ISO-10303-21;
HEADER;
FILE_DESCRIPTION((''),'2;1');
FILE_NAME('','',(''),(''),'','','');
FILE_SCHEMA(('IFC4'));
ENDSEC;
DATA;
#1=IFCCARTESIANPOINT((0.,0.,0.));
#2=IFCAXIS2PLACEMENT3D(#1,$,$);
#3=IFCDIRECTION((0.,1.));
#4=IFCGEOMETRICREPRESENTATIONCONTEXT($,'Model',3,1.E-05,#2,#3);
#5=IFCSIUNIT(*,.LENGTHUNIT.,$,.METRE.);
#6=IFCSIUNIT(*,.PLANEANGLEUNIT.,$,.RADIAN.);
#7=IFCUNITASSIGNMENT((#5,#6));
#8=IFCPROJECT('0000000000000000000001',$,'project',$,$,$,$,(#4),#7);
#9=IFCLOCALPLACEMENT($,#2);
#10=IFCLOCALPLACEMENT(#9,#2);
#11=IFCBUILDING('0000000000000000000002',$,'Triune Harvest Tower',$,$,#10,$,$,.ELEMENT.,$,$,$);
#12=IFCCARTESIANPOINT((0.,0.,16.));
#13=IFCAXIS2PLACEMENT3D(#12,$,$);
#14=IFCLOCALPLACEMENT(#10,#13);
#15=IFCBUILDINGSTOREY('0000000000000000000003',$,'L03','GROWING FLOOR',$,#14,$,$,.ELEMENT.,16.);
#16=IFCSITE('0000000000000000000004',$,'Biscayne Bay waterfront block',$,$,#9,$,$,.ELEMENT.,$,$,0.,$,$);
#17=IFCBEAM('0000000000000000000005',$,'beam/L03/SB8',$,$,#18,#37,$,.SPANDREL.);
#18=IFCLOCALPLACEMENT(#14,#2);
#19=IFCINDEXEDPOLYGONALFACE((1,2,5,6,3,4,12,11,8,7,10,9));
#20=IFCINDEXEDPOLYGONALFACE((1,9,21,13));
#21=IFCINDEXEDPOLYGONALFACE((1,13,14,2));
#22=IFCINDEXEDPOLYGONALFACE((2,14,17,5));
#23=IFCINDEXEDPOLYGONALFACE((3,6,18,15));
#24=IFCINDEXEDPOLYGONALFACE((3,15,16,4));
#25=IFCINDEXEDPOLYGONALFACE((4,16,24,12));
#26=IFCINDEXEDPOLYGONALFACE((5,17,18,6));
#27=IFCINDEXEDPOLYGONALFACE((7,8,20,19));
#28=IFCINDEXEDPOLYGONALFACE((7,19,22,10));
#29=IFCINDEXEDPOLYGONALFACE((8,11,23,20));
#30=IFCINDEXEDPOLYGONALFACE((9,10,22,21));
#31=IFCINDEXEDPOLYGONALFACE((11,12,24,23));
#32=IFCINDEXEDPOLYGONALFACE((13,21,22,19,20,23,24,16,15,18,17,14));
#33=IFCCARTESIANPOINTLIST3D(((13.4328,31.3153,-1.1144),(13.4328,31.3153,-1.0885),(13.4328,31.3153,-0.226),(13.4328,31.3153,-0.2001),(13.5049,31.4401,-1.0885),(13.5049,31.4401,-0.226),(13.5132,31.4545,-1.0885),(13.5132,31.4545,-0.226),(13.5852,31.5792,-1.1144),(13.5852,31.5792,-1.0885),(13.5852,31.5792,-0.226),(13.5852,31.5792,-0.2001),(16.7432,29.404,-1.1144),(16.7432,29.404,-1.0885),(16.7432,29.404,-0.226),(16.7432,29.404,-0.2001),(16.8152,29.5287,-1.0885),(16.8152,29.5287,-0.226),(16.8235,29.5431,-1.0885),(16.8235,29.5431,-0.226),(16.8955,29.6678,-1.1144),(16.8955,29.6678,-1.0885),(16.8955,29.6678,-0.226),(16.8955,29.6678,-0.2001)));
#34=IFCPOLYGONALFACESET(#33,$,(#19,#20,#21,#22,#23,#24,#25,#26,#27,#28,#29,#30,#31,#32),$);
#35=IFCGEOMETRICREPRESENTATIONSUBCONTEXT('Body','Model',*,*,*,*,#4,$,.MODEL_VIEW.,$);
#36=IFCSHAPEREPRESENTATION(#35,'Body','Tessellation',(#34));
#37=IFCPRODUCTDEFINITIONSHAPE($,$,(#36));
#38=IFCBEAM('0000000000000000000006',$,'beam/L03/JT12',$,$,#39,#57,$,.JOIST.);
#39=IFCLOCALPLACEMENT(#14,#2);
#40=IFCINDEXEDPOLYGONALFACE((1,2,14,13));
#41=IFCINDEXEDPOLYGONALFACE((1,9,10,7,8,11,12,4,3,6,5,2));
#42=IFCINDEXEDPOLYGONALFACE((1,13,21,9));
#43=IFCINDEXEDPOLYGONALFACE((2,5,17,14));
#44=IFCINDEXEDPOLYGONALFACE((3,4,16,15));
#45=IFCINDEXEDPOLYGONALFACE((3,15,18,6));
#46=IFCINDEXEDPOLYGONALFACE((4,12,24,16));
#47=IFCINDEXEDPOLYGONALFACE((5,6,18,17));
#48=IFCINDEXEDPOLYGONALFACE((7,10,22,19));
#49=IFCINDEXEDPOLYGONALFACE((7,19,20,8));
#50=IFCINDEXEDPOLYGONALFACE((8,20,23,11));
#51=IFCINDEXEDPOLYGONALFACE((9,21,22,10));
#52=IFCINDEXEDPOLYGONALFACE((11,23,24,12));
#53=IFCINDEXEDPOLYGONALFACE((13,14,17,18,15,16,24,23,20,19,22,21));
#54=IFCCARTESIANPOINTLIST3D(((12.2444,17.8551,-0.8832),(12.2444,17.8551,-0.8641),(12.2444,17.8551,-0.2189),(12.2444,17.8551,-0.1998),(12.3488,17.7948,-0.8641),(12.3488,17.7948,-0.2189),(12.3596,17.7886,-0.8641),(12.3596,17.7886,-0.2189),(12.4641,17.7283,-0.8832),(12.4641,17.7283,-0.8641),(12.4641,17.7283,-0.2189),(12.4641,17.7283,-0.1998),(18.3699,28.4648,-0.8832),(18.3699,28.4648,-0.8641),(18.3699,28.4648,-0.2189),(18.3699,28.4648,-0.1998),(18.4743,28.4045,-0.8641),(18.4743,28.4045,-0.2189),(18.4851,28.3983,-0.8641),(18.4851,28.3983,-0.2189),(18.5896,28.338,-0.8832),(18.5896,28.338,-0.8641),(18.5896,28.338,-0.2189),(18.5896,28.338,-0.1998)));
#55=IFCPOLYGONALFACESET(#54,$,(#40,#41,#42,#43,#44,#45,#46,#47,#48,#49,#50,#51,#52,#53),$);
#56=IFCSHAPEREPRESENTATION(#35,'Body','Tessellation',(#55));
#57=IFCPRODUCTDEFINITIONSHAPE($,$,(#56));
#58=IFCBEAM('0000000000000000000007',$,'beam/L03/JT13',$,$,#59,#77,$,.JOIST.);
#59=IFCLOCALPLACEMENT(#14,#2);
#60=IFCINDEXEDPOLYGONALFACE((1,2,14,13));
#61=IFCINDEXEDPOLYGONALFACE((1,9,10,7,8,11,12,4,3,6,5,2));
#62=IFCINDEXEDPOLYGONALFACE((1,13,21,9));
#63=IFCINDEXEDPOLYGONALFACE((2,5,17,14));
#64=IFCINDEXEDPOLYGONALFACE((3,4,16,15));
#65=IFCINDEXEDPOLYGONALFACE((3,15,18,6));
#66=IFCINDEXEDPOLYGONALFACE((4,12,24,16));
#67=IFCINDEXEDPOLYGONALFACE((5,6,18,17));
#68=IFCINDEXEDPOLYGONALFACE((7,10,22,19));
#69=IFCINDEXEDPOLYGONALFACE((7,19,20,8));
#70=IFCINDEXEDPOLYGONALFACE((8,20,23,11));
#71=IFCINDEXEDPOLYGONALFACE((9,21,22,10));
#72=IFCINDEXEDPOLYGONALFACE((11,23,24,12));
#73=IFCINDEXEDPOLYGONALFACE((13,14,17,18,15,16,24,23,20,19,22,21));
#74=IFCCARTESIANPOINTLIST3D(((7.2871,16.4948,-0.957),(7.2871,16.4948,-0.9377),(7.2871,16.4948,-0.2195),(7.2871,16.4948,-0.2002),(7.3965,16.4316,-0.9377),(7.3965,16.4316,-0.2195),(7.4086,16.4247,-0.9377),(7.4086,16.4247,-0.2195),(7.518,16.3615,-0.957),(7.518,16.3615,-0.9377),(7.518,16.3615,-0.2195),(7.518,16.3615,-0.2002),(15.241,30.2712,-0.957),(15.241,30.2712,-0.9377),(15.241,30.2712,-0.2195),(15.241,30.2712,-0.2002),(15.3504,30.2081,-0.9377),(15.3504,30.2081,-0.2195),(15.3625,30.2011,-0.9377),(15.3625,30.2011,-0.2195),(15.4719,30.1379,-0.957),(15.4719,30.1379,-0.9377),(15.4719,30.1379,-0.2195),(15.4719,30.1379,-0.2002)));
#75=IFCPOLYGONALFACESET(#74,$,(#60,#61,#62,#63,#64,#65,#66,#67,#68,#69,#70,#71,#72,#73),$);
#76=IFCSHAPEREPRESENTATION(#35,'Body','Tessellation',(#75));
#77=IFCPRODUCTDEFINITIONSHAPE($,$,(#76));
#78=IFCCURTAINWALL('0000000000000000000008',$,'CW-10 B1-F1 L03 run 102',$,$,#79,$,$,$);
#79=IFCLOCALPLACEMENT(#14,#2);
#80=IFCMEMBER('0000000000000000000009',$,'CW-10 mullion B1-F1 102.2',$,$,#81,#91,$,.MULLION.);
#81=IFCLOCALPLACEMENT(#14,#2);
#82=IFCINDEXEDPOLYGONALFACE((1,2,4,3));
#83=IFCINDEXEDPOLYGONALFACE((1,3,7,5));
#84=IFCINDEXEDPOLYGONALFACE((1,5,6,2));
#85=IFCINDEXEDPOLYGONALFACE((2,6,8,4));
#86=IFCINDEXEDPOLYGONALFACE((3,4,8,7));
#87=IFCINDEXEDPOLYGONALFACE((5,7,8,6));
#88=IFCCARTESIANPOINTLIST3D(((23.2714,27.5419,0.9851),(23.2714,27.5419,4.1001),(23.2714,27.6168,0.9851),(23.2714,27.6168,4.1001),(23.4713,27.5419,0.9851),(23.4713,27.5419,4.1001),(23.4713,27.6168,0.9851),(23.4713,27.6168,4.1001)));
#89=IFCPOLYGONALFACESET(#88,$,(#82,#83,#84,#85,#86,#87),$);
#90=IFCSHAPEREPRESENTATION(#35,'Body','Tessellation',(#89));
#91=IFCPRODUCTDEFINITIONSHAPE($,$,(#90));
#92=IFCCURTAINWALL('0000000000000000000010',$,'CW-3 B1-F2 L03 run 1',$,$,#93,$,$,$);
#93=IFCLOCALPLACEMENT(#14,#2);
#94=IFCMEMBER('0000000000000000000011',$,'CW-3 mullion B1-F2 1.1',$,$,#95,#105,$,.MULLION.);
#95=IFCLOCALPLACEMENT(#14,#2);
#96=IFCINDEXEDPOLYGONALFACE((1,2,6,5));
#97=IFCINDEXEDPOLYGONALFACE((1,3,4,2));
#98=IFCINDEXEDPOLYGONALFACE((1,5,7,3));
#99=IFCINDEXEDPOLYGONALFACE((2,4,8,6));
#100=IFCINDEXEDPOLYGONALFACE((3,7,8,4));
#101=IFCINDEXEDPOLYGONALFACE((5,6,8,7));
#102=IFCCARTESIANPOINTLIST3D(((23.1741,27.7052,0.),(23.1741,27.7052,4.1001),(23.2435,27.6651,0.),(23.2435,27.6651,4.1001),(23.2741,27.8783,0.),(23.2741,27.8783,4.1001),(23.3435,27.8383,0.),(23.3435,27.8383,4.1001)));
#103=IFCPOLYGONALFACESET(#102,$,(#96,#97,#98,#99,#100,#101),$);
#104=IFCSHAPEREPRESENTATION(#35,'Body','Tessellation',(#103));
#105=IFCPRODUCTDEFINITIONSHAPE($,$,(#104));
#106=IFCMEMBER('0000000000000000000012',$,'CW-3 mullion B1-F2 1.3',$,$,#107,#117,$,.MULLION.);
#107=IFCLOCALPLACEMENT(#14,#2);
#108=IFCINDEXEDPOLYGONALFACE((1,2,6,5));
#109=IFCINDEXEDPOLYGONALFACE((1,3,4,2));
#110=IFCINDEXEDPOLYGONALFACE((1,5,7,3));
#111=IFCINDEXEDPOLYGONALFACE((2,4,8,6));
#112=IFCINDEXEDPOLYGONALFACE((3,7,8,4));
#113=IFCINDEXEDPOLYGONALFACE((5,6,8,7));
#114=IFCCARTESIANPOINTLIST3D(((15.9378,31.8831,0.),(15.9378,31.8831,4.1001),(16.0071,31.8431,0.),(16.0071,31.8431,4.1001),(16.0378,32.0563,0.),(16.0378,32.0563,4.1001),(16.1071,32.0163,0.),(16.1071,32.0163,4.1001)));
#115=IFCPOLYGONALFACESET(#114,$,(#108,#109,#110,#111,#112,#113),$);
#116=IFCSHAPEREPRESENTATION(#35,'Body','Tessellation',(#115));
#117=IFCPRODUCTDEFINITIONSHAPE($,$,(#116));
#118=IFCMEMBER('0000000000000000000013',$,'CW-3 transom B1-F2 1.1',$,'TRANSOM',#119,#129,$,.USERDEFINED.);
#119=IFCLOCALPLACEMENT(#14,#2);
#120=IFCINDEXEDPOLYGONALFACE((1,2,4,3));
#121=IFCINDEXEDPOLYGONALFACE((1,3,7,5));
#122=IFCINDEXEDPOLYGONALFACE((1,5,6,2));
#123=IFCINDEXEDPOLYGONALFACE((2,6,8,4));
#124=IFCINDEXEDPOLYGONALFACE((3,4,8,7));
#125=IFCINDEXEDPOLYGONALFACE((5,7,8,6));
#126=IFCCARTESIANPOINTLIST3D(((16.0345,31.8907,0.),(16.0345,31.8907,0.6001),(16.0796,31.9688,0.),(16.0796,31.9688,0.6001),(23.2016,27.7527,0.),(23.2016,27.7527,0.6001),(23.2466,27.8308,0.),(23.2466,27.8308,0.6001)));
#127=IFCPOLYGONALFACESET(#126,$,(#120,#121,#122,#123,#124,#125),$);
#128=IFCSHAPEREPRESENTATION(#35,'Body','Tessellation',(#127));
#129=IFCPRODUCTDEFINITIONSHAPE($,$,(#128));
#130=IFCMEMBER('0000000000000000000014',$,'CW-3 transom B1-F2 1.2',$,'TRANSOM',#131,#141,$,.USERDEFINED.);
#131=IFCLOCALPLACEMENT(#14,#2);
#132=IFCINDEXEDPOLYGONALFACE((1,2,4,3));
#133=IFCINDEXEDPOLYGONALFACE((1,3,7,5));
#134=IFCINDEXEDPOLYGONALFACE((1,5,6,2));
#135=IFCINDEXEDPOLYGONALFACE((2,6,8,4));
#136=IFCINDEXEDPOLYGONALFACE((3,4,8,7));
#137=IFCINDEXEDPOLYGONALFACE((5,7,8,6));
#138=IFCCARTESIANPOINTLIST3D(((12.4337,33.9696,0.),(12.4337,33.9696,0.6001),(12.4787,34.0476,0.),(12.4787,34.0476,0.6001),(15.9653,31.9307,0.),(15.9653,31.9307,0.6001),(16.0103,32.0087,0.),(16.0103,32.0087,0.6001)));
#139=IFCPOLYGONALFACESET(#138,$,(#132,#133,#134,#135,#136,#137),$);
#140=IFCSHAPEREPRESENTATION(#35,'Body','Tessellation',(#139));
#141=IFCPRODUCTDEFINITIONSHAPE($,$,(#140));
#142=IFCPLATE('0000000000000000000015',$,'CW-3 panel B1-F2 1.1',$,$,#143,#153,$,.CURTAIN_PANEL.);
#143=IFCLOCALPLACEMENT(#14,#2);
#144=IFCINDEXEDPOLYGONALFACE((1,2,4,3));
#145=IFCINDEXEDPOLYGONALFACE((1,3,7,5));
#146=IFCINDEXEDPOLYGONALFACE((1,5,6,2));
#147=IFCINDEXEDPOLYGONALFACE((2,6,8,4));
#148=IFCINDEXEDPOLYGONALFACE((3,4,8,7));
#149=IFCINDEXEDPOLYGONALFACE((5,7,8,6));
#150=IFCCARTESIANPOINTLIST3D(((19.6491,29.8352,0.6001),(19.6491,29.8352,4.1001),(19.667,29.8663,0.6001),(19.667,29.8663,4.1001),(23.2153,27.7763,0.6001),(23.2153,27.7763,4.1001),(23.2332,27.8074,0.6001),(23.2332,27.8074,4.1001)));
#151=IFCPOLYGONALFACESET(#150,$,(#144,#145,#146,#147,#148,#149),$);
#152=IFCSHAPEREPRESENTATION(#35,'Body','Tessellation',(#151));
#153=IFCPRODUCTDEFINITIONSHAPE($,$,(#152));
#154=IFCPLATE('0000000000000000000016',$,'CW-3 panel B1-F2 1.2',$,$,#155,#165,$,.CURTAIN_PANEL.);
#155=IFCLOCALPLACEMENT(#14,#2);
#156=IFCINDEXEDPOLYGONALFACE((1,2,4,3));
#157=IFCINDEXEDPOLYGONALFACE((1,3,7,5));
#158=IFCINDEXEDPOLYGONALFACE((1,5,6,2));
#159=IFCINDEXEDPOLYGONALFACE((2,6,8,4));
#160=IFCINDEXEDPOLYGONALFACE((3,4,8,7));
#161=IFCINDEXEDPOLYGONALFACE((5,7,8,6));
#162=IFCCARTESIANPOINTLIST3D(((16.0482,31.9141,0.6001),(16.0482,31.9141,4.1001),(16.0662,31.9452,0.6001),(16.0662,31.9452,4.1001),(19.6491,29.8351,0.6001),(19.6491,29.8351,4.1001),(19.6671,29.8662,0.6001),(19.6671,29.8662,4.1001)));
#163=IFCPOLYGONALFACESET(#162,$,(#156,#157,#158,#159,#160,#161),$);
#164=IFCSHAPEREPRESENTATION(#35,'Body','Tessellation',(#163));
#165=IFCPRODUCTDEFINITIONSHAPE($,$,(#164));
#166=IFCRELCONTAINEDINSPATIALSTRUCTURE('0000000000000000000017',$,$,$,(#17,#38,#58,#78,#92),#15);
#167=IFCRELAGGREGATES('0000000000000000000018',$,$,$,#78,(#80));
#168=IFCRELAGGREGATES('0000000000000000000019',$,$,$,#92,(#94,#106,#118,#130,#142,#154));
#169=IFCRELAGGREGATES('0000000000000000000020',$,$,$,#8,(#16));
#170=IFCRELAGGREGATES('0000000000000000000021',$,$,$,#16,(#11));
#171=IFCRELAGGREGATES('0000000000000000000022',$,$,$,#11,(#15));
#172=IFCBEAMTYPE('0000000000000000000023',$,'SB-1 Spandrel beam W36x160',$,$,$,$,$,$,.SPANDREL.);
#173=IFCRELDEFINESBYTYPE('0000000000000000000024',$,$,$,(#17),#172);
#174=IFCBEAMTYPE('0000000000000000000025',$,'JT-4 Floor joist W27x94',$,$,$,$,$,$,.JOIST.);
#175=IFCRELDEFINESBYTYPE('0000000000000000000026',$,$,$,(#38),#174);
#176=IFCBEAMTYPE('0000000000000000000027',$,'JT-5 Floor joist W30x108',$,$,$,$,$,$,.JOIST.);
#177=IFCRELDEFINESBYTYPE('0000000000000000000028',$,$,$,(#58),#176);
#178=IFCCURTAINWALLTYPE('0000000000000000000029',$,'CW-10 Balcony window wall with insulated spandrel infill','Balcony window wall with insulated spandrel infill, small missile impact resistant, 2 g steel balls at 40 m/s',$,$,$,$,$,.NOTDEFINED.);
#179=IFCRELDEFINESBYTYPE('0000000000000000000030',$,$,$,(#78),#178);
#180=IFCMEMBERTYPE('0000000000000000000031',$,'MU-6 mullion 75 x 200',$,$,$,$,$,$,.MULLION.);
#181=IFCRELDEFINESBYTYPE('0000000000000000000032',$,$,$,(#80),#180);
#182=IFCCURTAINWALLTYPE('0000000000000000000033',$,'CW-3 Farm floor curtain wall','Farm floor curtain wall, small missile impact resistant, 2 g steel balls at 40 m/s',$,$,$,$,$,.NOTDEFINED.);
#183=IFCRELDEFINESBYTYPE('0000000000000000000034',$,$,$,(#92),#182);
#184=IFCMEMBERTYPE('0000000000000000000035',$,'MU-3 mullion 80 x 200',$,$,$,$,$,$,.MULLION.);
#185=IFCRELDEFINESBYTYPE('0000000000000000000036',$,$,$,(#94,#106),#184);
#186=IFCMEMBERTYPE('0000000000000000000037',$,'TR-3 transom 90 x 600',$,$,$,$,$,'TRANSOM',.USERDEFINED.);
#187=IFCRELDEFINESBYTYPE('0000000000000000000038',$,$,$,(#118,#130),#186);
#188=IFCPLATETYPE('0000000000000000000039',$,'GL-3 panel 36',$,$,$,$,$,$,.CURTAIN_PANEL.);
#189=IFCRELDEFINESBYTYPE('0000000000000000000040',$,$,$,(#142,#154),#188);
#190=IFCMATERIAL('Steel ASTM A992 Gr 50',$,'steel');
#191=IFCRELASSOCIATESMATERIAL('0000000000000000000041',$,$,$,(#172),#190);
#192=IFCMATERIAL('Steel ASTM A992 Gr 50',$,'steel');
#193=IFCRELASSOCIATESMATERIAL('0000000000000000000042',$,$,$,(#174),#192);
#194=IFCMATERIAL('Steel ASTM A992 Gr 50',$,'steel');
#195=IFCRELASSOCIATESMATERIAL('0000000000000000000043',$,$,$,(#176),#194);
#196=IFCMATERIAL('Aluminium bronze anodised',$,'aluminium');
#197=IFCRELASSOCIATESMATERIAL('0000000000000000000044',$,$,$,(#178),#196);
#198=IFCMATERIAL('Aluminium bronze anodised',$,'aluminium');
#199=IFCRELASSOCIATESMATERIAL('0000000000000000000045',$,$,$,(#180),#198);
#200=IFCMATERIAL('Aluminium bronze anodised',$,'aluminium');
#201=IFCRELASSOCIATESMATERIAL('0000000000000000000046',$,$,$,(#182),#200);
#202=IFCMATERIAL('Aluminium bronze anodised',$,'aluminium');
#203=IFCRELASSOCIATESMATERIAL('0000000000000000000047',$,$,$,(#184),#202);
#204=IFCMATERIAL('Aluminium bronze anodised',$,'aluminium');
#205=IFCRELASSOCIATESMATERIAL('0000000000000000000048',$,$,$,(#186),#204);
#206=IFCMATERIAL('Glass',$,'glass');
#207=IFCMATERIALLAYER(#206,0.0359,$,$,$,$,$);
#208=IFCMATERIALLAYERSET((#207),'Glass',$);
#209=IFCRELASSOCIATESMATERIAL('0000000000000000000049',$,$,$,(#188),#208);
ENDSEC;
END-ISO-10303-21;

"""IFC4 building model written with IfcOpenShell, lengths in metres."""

from ifc_helpers import new_model, si_unit, direction, frame, origin, origin_2d, place, context, subcontext, project, spatial, rectangle, i_section, extrude, source, transform, mapped, material, layer, layer_set, material_profile, profile_set, type_object, element, aggregate, save


model = new_model("IFC4")

# Units and contexts
model_context = context("Model", 3, precision=1e-05, world=origin(), true_north=direction((0.0, 1.0)))
body_context = subcontext(model_context, "Body", "Model", "MODEL_VIEW")
ifc_project = project(units=[si_unit("LENGTHUNIT", "METRE"), si_unit("PLANEANGLEUNIT", "RADIAN")], contexts=[model_context])

# Site, building, storey
site_placement = place(None, origin())
site = spatial("IfcSite", under=ifc_project, at=site_placement, Name="Biscayne Bay waterfront block", CompositionType="ELEMENT", RefElevation=0.0)
building_placement = place(site_placement, origin())
building = spatial("IfcBuilding", under=site, at=building_placement, Name="Triune Harvest Tower", CompositionType="ELEMENT")
storey_placement = place(building_placement, frame((0.0, 0.0, 16.0)))
storey = spatial("IfcBuildingStorey", under=building, at=storey_placement, Name="L03", Description="GROWING FLOOR", CompositionType="ELEMENT", Elevation=16.0)

# Beams
ifc_material_1 = material(Name="Steel ASTM A992 Gr 50", Category="steel")
ifc_material_profile_1 = material_profile(ifc_material_1, i_section(OverallWidth=0.3047, OverallDepth=0.9143, WebThickness=0.0166, FlangeThickness=0.0259, at=origin_2d()), Name="W36x160")
ifc_profile_set_1 = profile_set([ifc_material_profile_1], Name="Steel ASTM A992 Gr 50")
beam_type_1 = type_object("IfcBeamType", Name="SB-1 Spandrel beam W36x160", PredefinedType="SPANDREL", material=ifc_profile_set_1)
shared_shape_1 = source(origin(), body_context, "Body", "SweptSolid", [
    extrude(i_section(OverallWidth=0.3047, OverallDepth=0.9143, WebThickness=0.0166, FlangeThickness=0.0259, at=origin_2d()), origin(), (0.0, 0.0, 1.0), 3.8225),
])
beam_1_placement = place(storey_placement, frame((16.8193, 29.5359, -0.6572), z_axis=(-0.866006, 0.500034, 0.0), x_axis=(-0.500034, -0.866006, 0.0)))
element("IfcBeam", 1, at=beam_1_placement, inside=storey, type_object=beam_type_1, Name="beam/L03/SB8", PredefinedType="SPANDREL", context=body_context, shape_type="MappedRepresentation", body=[
    mapped(shared_shape_1, transform((0.0, 0.0, 0.0), scale=1.0)),
])
ifc_material_2 = material(Name="Steel ASTM A992 Gr 50", Category="steel")
ifc_material_profile_2 = material_profile(ifc_material_2, i_section(OverallWidth=0.2537, OverallDepth=0.6833, WebThickness=0.0125, FlangeThickness=0.019, at=origin_2d()), Name="W27x94")
ifc_profile_set_2 = profile_set([ifc_material_profile_2], Name="Steel ASTM A992 Gr 50")
beam_type_2 = type_object("IfcBeamType", Name="JT-4 Floor joist W27x94", PredefinedType="JOIST", material=ifc_profile_set_2)
shared_shape_2 = source(origin(), body_context, "Body", "SweptSolid", [
    extrude(i_section(OverallWidth=0.2537, OverallDepth=0.6833, WebThickness=0.0125, FlangeThickness=0.019, at=origin_2d()), origin(), (0.0, 0.0, 1.0), 12.251),
])
beam_2_placement = place(storey_placement, frame((18.4797, 28.4014, -0.5415), z_axis=(-0.500001, -0.866025, 0.0), x_axis=(0.866025, -0.500001, 0.0)))
element("IfcBeam", 2, at=beam_2_placement, inside=storey, type_object=beam_type_2, Name="beam/L03/JT12", PredefinedType="JOIST", context=body_context, shape_type="MappedRepresentation", body=[
    mapped(shared_shape_2, transform((0.0, 0.0, 0.0), scale=1.0)),
])
ifc_material_3 = material(Name="Steel ASTM A992 Gr 50", Category="steel")
ifc_material_profile_3 = material_profile(ifc_material_3, i_section(OverallWidth=0.2666, OverallDepth=0.7568, WebThickness=0.0139, FlangeThickness=0.0193, at=origin_2d()), Name="W30x108")
ifc_profile_set_3 = profile_set([ifc_material_profile_3], Name="Steel ASTM A992 Gr 50")
beam_type_3 = type_object("IfcBeamType", Name="JT-5 Floor joist W30x108", PredefinedType="JOIST", material=ifc_profile_set_3)
shared_shape_3 = source(origin(), body_context, "Body", "SweptSolid", [
    extrude(i_section(OverallWidth=0.2666, OverallDepth=0.7568, WebThickness=0.0139, FlangeThickness=0.0193, at=origin_2d()), origin(), (0.0, 0.0, 1.0), 15.9077),
])
beam_3_placement = place(storey_placement, frame((15.3564, 30.2046, -0.5786), z_axis=(-0.500003, -0.866024, 0.0), x_axis=(0.866024, -0.500003, 0.0)))
element("IfcBeam", 3, at=beam_3_placement, inside=storey, type_object=beam_type_3, Name="beam/L03/JT13", PredefinedType="JOIST", context=body_context, shape_type="MappedRepresentation", body=[
    mapped(shared_shape_3, transform((0.0, 0.0, 0.0), scale=1.0)),
])

# Curtain wall, member
ifc_material_4 = material(Name="Aluminium bronze anodised", Category="aluminium")
curtain_wall_type_1 = type_object("IfcCurtainWallType", Name="CW-10 Balcony window wall with insulated spandrel infill", Description="Balcony window wall with insulated spandrel infill, small missile impact resistant, 2 g steel balls at 40 m/s", PredefinedType="NOTDEFINED", material=ifc_material_4)
curtain_wall_1_placement = place(storey_placement, origin())
curtain_wall_1 = element("IfcCurtainWall", 4, at=curtain_wall_1_placement, inside=storey, type_object=curtain_wall_type_1, Name="CW-10 B1-F1 L03 run 102")
ifc_material_5 = material(Name="Aluminium bronze anodised", Category="aluminium")
ifc_material_profile_4 = material_profile(ifc_material_5, rectangle(XDim=0.2, YDim=0.075, at=origin_2d()), Name="MU-6 mullion 75 x 200")
ifc_profile_set_4 = profile_set([ifc_material_profile_4], Name="Aluminium bronze anodised")
member_type_1 = type_object("IfcMemberType", Name="MU-6 mullion 75 x 200", PredefinedType="MULLION", material=ifc_profile_set_4)
shared_shape_4 = source(origin(), body_context, "Body", "SweptSolid", [
    extrude(rectangle(XDim=0.2, YDim=0.075, at=origin_2d()), origin(), (0.0, 0.0, 1.0), 3.115),
])
member_1_placement = place(storey_placement, frame((23.3713, 27.5793, 0.9851), z_axis=(0.0, 0.0, 1.0), x_axis=(-1.0, 0.0, 0.0)))
member_1 = element("IfcMember", 5, at=member_1_placement, type_object=member_type_1, Name="CW-10 mullion B1-F1 102.2", PredefinedType="MULLION", context=body_context, shape_type="MappedRepresentation", body=[
    mapped(shared_shape_4, transform((0.0, 0.0, 0.0), scale=1.0)),
])
aggregate(curtain_wall_1, [member_1])

# Curtain wall, members, plates
ifc_material_6 = material(Name="Aluminium bronze anodised", Category="aluminium")
curtain_wall_type_2 = type_object("IfcCurtainWallType", Name="CW-3 Farm floor curtain wall", Description="Farm floor curtain wall, small missile impact resistant, 2 g steel balls at 40 m/s", PredefinedType="NOTDEFINED", material=ifc_material_6)
curtain_wall_2_placement = place(storey_placement, origin())
curtain_wall_2 = element("IfcCurtainWall", 6, at=curtain_wall_2_placement, inside=storey, type_object=curtain_wall_type_2, Name="CW-3 B1-F2 L03 run 1")
ifc_material_7 = material(Name="Aluminium bronze anodised", Category="aluminium")
ifc_material_profile_5 = material_profile(ifc_material_7, rectangle(XDim=0.2, YDim=0.0801, at=origin_2d()), Name="MU-3 mullion 80 x 200")
ifc_profile_set_5 = profile_set([ifc_material_profile_5], Name="Aluminium bronze anodised")
member_type_2 = type_object("IfcMemberType", Name="MU-3 mullion 80 x 200", PredefinedType="MULLION", material=ifc_profile_set_5)
shared_shape_5 = source(origin(), body_context, "Body", "SweptSolid", [
    extrude(rectangle(XDim=0.2, YDim=0.0801, at=origin_2d()), origin(), (0.0, 0.0, 1.0), 4.1001),
])
member_2_placement = place(storey_placement, frame((23.2588, 27.7717, 0.0), z_axis=(0.0, 0.0, 1.0), x_axis=(-0.499999, -0.866026, 0.0)))
member_2 = element("IfcMember", 7, at=member_2_placement, type_object=member_type_2, Name="CW-3 mullion B1-F2 1.1", PredefinedType="MULLION", context=body_context, shape_type="MappedRepresentation", body=[
    mapped(shared_shape_5, transform((0.0, 0.0, 0.0), scale=1.0)),
])
member_3_placement = place(storey_placement, frame((16.0225, 31.9497, 0.0), z_axis=(0.0, 0.0, 1.0), x_axis=(-0.499999, -0.866026, 0.0)))
member_3 = element("IfcMember", 8, at=member_3_placement, type_object=member_type_2, Name="CW-3 mullion B1-F2 1.3", PredefinedType="MULLION", context=body_context, shape_type="MappedRepresentation", body=[
    mapped(shared_shape_5, transform((0.0, 0.0, 0.0), scale=1.0)),
])
ifc_material_8 = material(Name="Aluminium bronze anodised", Category="aluminium")
ifc_material_profile_6 = material_profile(ifc_material_8, rectangle(XDim=0.0901, YDim=0.6001, at=origin_2d()), Name="TR-3 transom 90 x 600")
ifc_profile_set_6 = profile_set([ifc_material_profile_6], Name="Aluminium bronze anodised")
member_type_3 = type_object("IfcMemberType", Name="TR-3 transom 90 x 600", ElementType="TRANSOM", PredefinedType="USERDEFINED", material=ifc_profile_set_6)
shared_shape_6 = source(origin(), body_context, "Body", "SweptSolid", [
    extrude(rectangle(XDim=0.0901, YDim=0.6001, at=origin_2d()), origin(), (0.0, 0.0, 1.0), 8.2759),
])
member_4_placement = place(storey_placement, frame((23.2241, 27.7917, 0.3), z_axis=(-0.866022, 0.500007, 0.0), x_axis=(-0.500007, -0.866022, 0.0)))
member_4 = element("IfcMember", 9, at=member_4_placement, type_object=member_type_3, Name="CW-3 transom B1-F2 1.1", ObjectType="TRANSOM", PredefinedType="USERDEFINED", context=body_context, shape_type="MappedRepresentation", body=[
    mapped(shared_shape_6, transform((0.0, 0.0, 0.0), scale=1.0)),
])
shared_shape_7 = source(origin(), body_context, "Body", "SweptSolid", [
    extrude(rectangle(XDim=0.0901, YDim=0.6001, at=origin_2d()), origin(), (0.0, 0.0, 1.0), 4.0779),
])
member_5_placement = place(storey_placement, frame((15.9878, 31.9697, 0.3), z_axis=(-0.866035, 0.499983, 0.0), x_axis=(-0.499983, -0.866035, 0.0)))
member_5 = element("IfcMember", 10, at=member_5_placement, type_object=member_type_3, Name="CW-3 transom B1-F2 1.2", ObjectType="TRANSOM", PredefinedType="USERDEFINED", context=body_context, shape_type="MappedRepresentation", body=[
    mapped(shared_shape_7, transform((0.0, 0.0, 0.0), scale=1.0)),
])
ifc_material_9 = material(Name="Glass", Category="glass")
ifc_layer_1 = layer(ifc_material_9, 0.0359)
ifc_layer_set_1 = layer_set([ifc_layer_1], Name="Glass")
plate_type = type_object("IfcPlateType", Name="GL-3 panel 36", PredefinedType="CURTAIN_PANEL", material=ifc_layer_set_1)
shared_shape_8 = source(origin(), body_context, "Body", "SweptSolid", [
    extrude(rectangle(XDim=4.1179, YDim=0.0359, at=origin_2d()), origin(), (0.0, 0.0, 1.0), 3.5),
])
plate_1_placement = place(storey_placement, frame((21.4412, 28.8213, 0.6001), z_axis=(0.0, 0.0, 1.0), x_axis=(-0.866026, 0.499999, 0.0)))
plate_1 = element("IfcPlate", 11, at=plate_1_placement, type_object=plate_type, Name="CW-3 panel B1-F2 1.1", PredefinedType="CURTAIN_PANEL", context=body_context, shape_type="MappedRepresentation", body=[
    mapped(shared_shape_8, transform((0.0, 0.0, 0.0), scale=1.0)),
])
shared_shape_9 = source(origin(), body_context, "Body", "SweptSolid", [
    extrude(rectangle(XDim=4.158, YDim=0.0359, at=origin_2d()), origin(), (0.0, 0.0, 1.0), 3.5),
])
plate_2_placement = place(storey_placement, frame((17.8577, 30.8901, 0.6001), z_axis=(0.0, 0.0, 1.0), x_axis=(-0.866026, 0.499999, 0.0)))
plate_2 = element("IfcPlate", 12, at=plate_2_placement, type_object=plate_type, Name="CW-3 panel B1-F2 1.2", PredefinedType="CURTAIN_PANEL", context=body_context, shape_type="MappedRepresentation", body=[
    mapped(shared_shape_9, transform((0.0, 0.0, 0.0), scale=1.0)),
])
aggregate(curtain_wall_2, [member_2, member_3, member_4, member_5, plate_1, plate_2])

save(model, "model.ifc")
